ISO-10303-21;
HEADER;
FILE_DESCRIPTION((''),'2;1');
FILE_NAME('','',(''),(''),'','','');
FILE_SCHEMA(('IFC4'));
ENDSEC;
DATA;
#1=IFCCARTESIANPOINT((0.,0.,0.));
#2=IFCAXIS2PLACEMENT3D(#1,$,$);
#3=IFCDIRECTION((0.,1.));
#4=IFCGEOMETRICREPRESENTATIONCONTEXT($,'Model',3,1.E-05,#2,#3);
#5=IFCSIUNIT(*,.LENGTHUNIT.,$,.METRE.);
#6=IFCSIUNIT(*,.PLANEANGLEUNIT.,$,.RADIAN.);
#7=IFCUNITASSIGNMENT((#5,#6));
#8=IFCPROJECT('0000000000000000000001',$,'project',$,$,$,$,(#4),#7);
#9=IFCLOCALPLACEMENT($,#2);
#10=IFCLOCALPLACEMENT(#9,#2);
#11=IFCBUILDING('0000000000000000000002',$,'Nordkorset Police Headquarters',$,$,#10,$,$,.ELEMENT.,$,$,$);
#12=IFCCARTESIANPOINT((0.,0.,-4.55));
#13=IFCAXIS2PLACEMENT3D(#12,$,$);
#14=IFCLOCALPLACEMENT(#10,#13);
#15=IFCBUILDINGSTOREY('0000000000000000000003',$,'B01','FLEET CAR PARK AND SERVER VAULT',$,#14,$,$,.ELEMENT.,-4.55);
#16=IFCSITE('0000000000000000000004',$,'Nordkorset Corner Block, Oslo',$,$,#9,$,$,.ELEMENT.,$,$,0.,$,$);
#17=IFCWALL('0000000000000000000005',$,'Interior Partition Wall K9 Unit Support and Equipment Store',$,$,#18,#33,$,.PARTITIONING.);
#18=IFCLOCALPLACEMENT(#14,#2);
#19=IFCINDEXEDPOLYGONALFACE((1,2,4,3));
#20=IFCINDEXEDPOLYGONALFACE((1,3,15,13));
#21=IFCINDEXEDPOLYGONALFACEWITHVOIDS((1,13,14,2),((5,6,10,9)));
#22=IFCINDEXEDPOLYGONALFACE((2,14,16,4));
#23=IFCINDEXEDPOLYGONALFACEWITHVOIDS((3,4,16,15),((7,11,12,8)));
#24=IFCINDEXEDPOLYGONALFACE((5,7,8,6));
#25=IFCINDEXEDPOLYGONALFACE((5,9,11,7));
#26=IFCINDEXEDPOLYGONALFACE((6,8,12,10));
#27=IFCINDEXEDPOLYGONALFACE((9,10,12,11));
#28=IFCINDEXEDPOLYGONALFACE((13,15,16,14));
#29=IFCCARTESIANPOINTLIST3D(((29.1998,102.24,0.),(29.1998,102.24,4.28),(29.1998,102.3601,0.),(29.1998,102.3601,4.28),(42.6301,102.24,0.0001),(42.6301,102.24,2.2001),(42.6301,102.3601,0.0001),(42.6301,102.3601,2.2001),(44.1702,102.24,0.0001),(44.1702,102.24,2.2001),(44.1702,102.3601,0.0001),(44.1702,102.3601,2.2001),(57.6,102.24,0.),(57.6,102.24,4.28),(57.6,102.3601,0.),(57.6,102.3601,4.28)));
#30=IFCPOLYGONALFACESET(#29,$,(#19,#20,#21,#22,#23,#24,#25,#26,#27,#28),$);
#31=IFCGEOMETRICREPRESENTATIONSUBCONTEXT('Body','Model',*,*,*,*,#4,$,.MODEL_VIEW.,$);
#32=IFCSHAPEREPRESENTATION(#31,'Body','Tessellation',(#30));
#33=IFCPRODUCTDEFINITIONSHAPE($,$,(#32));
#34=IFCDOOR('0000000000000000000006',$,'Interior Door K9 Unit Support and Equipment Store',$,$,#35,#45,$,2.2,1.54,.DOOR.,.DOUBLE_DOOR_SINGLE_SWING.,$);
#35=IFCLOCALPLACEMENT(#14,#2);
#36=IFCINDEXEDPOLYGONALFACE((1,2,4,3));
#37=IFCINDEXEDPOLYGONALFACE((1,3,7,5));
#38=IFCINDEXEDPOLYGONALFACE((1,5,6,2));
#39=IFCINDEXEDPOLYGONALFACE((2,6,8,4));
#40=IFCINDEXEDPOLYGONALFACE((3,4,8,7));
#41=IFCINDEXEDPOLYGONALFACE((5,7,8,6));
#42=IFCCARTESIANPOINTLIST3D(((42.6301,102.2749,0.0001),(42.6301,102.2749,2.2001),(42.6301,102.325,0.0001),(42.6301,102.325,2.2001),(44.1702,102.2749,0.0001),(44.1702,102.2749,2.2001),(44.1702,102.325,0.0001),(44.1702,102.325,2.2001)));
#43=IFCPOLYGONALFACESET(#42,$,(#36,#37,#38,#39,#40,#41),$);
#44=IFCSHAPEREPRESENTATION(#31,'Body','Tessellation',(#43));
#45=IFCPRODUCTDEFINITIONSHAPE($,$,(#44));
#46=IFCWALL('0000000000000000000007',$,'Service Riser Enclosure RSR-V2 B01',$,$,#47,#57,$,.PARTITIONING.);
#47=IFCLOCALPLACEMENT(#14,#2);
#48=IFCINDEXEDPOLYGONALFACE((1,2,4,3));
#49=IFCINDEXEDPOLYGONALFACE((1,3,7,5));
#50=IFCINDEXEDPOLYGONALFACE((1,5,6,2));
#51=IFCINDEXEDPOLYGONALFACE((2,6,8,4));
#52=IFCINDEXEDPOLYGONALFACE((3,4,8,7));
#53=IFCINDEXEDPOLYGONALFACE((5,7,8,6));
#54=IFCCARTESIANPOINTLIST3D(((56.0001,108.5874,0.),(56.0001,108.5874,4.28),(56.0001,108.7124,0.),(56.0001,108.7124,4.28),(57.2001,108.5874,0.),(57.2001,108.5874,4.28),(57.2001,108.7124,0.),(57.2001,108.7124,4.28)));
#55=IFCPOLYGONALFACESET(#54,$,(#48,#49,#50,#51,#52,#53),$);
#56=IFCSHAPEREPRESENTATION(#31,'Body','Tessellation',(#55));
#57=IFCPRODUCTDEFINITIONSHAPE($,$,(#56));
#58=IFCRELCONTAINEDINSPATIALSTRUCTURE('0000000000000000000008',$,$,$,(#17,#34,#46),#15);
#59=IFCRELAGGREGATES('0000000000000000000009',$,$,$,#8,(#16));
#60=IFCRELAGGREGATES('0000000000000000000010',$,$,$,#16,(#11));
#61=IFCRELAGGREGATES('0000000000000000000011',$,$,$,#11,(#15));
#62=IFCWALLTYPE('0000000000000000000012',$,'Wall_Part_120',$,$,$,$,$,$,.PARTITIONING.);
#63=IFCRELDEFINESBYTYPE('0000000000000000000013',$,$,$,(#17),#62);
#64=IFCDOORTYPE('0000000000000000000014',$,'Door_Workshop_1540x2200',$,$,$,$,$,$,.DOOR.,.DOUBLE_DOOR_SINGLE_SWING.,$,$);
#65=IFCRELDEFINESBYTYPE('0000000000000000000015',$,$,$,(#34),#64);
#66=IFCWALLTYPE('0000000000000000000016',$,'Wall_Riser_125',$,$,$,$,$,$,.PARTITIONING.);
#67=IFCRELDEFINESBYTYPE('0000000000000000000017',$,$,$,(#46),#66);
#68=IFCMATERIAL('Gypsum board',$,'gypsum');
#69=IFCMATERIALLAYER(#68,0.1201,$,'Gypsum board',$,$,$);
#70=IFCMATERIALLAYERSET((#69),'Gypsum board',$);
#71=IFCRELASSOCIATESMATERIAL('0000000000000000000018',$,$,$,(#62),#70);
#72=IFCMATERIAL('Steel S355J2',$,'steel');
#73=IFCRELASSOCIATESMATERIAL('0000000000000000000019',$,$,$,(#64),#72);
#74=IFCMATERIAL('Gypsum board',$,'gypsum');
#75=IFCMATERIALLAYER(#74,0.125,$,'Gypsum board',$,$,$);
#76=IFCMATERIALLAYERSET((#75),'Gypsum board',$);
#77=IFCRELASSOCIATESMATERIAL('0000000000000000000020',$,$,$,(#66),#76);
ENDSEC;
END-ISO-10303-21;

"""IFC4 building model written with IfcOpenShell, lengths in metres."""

from ifc_helpers import new_model, si_unit, direction, frame, frame_2d, origin, place, context, subcontext, project, spatial, rectangle, extrude, material, layer, layer_set, type_object, element, fill, save


model = new_model("IFC4")

# Units and contexts
model_context = context("Model", 3, precision=1e-05, world=origin(), true_north=direction((0.0, 1.0)))
body_context = subcontext(model_context, "Body", "Model", "MODEL_VIEW")
ifc_project = project(units=[si_unit("LENGTHUNIT", "METRE"), si_unit("PLANEANGLEUNIT", "RADIAN")], contexts=[model_context])

# Site, building, storey
site_placement = place(None, origin())
site = spatial("IfcSite", under=ifc_project, at=site_placement, Name="Nordkorset Corner Block, Oslo", CompositionType="ELEMENT", RefElevation=0.0)
building_placement = place(site_placement, origin())
building = spatial("IfcBuilding", under=site, at=building_placement, Name="Nordkorset Police Headquarters", CompositionType="ELEMENT")
storey_placement = place(building_placement, frame((0.0, 0.0, -4.55)))
storey = spatial("IfcBuildingStorey", under=building, at=storey_placement, Name="B01", Description="FLEET CAR PARK AND SERVER VAULT", CompositionType="ELEMENT", Elevation=-4.55)

# Wall, opening, door
ifc_material_1 = material(Name="Gypsum board", Category="gypsum")
ifc_layer_1 = layer(ifc_material_1, 0.1201, Name="Gypsum board")
ifc_layer_set_1 = layer_set([ifc_layer_1], Name="Gypsum board")
wall_type_1 = type_object("IfcWallType", Name="Wall_Part_120", PredefinedType="PARTITIONING", material=ifc_layer_set_1)
wall_1_placement = place(storey_placement, frame((57.6001, 102.3, 0.0), z_axis=(0.0, 0.0, 1.0), x_axis=(-1.0, 0.0, 0.0)))
wall_1 = element("IfcWall", 1, at=wall_1_placement, inside=storey, type_object=wall_type_1, Name="Interior Partition Wall K9 Unit Support and Equipment Store", PredefinedType="PARTITIONING", context=body_context, shape_type="SweptSolid", body=[
    extrude(rectangle(XDim=28.4001, YDim=0.1201, at=frame_2d((14.2002, 0.0))), origin(), (0.0, 0.0, 1.0), 4.28),
])
opening_1_placement = place(wall_1_placement, frame((13.4299, 0.0, 0.0)))
opening_1 = element("IfcOpeningElement", 2, at=opening_1_placement, cuts=wall_1, PredefinedType="OPENING", context=body_context, shape_type="SweptSolid", body=[
    extrude(rectangle(XDim=1.54, YDim=2.2, at=frame_2d((0.77, 1.1001))), frame((0.0, 0.0701, 0.0), z_axis=(0.0, -1.0, 0.0), x_axis=(1.0, 0.0, 0.0)), (0.0, 0.0, 1.0), 0.1401),
])
ifc_material_2 = material(Name="Steel S355J2", Category="steel")
door_type_1 = type_object("IfcDoorType", Name="Door_Workshop_1540x2200", OperationType="DOUBLE_DOOR_SINGLE_SWING", PredefinedType="DOOR", material=ifc_material_2)
door_1_placement = place(opening_1_placement, frame((1.54, 0.0, 0.0), z_axis=(0.0, 0.0, 1.0), x_axis=(-1.0, 0.0, 0.0)))
door_1 = element("IfcDoor", 3, at=door_1_placement, inside=storey, type_object=door_type_1, Name="Interior Door K9 Unit Support and Equipment Store", OperationType="DOUBLE_DOOR_SINGLE_SWING", OverallHeight=2.2, OverallWidth=1.54, PredefinedType="DOOR", context=body_context, shape_type="SweptSolid", body=[
    extrude(rectangle(XDim=1.54, YDim=2.2, at=frame_2d((0.77, 1.1001))), frame((0.0, 0.0249, 0.0), z_axis=(0.0, -1.0, 0.0), x_axis=(1.0, 0.0, 0.0)), (0.0, 0.0, 1.0), 0.05),
])
fill(opening_1, door_1)

# Wall
ifc_material_3 = material(Name="Gypsum board", Category="gypsum")
ifc_layer_2 = layer(ifc_material_3, 0.125, Name="Gypsum board")
ifc_layer_set_2 = layer_set([ifc_layer_2], Name="Gypsum board")
wall_type_2 = type_object("IfcWallType", Name="Wall_Riser_125", PredefinedType="PARTITIONING", material=ifc_layer_set_2)
wall_2_placement = place(storey_placement, frame((56.0, 108.6499, 0.0), z_axis=(0.0, 0.0, 1.0), x_axis=(1.0, 0.0, 0.0)))
element("IfcWall", 4, at=wall_2_placement, inside=storey, type_object=wall_type_2, Name="Service Riser Enclosure RSR-V2 B01", PredefinedType="PARTITIONING", context=body_context, shape_type="SweptSolid", body=[
    extrude(rectangle(XDim=1.2, YDim=0.125, at=frame_2d((0.6001, 0.0))), origin(), (0.0, 0.0, 1.0), 4.28),
])

save(model, "model.ifc")
